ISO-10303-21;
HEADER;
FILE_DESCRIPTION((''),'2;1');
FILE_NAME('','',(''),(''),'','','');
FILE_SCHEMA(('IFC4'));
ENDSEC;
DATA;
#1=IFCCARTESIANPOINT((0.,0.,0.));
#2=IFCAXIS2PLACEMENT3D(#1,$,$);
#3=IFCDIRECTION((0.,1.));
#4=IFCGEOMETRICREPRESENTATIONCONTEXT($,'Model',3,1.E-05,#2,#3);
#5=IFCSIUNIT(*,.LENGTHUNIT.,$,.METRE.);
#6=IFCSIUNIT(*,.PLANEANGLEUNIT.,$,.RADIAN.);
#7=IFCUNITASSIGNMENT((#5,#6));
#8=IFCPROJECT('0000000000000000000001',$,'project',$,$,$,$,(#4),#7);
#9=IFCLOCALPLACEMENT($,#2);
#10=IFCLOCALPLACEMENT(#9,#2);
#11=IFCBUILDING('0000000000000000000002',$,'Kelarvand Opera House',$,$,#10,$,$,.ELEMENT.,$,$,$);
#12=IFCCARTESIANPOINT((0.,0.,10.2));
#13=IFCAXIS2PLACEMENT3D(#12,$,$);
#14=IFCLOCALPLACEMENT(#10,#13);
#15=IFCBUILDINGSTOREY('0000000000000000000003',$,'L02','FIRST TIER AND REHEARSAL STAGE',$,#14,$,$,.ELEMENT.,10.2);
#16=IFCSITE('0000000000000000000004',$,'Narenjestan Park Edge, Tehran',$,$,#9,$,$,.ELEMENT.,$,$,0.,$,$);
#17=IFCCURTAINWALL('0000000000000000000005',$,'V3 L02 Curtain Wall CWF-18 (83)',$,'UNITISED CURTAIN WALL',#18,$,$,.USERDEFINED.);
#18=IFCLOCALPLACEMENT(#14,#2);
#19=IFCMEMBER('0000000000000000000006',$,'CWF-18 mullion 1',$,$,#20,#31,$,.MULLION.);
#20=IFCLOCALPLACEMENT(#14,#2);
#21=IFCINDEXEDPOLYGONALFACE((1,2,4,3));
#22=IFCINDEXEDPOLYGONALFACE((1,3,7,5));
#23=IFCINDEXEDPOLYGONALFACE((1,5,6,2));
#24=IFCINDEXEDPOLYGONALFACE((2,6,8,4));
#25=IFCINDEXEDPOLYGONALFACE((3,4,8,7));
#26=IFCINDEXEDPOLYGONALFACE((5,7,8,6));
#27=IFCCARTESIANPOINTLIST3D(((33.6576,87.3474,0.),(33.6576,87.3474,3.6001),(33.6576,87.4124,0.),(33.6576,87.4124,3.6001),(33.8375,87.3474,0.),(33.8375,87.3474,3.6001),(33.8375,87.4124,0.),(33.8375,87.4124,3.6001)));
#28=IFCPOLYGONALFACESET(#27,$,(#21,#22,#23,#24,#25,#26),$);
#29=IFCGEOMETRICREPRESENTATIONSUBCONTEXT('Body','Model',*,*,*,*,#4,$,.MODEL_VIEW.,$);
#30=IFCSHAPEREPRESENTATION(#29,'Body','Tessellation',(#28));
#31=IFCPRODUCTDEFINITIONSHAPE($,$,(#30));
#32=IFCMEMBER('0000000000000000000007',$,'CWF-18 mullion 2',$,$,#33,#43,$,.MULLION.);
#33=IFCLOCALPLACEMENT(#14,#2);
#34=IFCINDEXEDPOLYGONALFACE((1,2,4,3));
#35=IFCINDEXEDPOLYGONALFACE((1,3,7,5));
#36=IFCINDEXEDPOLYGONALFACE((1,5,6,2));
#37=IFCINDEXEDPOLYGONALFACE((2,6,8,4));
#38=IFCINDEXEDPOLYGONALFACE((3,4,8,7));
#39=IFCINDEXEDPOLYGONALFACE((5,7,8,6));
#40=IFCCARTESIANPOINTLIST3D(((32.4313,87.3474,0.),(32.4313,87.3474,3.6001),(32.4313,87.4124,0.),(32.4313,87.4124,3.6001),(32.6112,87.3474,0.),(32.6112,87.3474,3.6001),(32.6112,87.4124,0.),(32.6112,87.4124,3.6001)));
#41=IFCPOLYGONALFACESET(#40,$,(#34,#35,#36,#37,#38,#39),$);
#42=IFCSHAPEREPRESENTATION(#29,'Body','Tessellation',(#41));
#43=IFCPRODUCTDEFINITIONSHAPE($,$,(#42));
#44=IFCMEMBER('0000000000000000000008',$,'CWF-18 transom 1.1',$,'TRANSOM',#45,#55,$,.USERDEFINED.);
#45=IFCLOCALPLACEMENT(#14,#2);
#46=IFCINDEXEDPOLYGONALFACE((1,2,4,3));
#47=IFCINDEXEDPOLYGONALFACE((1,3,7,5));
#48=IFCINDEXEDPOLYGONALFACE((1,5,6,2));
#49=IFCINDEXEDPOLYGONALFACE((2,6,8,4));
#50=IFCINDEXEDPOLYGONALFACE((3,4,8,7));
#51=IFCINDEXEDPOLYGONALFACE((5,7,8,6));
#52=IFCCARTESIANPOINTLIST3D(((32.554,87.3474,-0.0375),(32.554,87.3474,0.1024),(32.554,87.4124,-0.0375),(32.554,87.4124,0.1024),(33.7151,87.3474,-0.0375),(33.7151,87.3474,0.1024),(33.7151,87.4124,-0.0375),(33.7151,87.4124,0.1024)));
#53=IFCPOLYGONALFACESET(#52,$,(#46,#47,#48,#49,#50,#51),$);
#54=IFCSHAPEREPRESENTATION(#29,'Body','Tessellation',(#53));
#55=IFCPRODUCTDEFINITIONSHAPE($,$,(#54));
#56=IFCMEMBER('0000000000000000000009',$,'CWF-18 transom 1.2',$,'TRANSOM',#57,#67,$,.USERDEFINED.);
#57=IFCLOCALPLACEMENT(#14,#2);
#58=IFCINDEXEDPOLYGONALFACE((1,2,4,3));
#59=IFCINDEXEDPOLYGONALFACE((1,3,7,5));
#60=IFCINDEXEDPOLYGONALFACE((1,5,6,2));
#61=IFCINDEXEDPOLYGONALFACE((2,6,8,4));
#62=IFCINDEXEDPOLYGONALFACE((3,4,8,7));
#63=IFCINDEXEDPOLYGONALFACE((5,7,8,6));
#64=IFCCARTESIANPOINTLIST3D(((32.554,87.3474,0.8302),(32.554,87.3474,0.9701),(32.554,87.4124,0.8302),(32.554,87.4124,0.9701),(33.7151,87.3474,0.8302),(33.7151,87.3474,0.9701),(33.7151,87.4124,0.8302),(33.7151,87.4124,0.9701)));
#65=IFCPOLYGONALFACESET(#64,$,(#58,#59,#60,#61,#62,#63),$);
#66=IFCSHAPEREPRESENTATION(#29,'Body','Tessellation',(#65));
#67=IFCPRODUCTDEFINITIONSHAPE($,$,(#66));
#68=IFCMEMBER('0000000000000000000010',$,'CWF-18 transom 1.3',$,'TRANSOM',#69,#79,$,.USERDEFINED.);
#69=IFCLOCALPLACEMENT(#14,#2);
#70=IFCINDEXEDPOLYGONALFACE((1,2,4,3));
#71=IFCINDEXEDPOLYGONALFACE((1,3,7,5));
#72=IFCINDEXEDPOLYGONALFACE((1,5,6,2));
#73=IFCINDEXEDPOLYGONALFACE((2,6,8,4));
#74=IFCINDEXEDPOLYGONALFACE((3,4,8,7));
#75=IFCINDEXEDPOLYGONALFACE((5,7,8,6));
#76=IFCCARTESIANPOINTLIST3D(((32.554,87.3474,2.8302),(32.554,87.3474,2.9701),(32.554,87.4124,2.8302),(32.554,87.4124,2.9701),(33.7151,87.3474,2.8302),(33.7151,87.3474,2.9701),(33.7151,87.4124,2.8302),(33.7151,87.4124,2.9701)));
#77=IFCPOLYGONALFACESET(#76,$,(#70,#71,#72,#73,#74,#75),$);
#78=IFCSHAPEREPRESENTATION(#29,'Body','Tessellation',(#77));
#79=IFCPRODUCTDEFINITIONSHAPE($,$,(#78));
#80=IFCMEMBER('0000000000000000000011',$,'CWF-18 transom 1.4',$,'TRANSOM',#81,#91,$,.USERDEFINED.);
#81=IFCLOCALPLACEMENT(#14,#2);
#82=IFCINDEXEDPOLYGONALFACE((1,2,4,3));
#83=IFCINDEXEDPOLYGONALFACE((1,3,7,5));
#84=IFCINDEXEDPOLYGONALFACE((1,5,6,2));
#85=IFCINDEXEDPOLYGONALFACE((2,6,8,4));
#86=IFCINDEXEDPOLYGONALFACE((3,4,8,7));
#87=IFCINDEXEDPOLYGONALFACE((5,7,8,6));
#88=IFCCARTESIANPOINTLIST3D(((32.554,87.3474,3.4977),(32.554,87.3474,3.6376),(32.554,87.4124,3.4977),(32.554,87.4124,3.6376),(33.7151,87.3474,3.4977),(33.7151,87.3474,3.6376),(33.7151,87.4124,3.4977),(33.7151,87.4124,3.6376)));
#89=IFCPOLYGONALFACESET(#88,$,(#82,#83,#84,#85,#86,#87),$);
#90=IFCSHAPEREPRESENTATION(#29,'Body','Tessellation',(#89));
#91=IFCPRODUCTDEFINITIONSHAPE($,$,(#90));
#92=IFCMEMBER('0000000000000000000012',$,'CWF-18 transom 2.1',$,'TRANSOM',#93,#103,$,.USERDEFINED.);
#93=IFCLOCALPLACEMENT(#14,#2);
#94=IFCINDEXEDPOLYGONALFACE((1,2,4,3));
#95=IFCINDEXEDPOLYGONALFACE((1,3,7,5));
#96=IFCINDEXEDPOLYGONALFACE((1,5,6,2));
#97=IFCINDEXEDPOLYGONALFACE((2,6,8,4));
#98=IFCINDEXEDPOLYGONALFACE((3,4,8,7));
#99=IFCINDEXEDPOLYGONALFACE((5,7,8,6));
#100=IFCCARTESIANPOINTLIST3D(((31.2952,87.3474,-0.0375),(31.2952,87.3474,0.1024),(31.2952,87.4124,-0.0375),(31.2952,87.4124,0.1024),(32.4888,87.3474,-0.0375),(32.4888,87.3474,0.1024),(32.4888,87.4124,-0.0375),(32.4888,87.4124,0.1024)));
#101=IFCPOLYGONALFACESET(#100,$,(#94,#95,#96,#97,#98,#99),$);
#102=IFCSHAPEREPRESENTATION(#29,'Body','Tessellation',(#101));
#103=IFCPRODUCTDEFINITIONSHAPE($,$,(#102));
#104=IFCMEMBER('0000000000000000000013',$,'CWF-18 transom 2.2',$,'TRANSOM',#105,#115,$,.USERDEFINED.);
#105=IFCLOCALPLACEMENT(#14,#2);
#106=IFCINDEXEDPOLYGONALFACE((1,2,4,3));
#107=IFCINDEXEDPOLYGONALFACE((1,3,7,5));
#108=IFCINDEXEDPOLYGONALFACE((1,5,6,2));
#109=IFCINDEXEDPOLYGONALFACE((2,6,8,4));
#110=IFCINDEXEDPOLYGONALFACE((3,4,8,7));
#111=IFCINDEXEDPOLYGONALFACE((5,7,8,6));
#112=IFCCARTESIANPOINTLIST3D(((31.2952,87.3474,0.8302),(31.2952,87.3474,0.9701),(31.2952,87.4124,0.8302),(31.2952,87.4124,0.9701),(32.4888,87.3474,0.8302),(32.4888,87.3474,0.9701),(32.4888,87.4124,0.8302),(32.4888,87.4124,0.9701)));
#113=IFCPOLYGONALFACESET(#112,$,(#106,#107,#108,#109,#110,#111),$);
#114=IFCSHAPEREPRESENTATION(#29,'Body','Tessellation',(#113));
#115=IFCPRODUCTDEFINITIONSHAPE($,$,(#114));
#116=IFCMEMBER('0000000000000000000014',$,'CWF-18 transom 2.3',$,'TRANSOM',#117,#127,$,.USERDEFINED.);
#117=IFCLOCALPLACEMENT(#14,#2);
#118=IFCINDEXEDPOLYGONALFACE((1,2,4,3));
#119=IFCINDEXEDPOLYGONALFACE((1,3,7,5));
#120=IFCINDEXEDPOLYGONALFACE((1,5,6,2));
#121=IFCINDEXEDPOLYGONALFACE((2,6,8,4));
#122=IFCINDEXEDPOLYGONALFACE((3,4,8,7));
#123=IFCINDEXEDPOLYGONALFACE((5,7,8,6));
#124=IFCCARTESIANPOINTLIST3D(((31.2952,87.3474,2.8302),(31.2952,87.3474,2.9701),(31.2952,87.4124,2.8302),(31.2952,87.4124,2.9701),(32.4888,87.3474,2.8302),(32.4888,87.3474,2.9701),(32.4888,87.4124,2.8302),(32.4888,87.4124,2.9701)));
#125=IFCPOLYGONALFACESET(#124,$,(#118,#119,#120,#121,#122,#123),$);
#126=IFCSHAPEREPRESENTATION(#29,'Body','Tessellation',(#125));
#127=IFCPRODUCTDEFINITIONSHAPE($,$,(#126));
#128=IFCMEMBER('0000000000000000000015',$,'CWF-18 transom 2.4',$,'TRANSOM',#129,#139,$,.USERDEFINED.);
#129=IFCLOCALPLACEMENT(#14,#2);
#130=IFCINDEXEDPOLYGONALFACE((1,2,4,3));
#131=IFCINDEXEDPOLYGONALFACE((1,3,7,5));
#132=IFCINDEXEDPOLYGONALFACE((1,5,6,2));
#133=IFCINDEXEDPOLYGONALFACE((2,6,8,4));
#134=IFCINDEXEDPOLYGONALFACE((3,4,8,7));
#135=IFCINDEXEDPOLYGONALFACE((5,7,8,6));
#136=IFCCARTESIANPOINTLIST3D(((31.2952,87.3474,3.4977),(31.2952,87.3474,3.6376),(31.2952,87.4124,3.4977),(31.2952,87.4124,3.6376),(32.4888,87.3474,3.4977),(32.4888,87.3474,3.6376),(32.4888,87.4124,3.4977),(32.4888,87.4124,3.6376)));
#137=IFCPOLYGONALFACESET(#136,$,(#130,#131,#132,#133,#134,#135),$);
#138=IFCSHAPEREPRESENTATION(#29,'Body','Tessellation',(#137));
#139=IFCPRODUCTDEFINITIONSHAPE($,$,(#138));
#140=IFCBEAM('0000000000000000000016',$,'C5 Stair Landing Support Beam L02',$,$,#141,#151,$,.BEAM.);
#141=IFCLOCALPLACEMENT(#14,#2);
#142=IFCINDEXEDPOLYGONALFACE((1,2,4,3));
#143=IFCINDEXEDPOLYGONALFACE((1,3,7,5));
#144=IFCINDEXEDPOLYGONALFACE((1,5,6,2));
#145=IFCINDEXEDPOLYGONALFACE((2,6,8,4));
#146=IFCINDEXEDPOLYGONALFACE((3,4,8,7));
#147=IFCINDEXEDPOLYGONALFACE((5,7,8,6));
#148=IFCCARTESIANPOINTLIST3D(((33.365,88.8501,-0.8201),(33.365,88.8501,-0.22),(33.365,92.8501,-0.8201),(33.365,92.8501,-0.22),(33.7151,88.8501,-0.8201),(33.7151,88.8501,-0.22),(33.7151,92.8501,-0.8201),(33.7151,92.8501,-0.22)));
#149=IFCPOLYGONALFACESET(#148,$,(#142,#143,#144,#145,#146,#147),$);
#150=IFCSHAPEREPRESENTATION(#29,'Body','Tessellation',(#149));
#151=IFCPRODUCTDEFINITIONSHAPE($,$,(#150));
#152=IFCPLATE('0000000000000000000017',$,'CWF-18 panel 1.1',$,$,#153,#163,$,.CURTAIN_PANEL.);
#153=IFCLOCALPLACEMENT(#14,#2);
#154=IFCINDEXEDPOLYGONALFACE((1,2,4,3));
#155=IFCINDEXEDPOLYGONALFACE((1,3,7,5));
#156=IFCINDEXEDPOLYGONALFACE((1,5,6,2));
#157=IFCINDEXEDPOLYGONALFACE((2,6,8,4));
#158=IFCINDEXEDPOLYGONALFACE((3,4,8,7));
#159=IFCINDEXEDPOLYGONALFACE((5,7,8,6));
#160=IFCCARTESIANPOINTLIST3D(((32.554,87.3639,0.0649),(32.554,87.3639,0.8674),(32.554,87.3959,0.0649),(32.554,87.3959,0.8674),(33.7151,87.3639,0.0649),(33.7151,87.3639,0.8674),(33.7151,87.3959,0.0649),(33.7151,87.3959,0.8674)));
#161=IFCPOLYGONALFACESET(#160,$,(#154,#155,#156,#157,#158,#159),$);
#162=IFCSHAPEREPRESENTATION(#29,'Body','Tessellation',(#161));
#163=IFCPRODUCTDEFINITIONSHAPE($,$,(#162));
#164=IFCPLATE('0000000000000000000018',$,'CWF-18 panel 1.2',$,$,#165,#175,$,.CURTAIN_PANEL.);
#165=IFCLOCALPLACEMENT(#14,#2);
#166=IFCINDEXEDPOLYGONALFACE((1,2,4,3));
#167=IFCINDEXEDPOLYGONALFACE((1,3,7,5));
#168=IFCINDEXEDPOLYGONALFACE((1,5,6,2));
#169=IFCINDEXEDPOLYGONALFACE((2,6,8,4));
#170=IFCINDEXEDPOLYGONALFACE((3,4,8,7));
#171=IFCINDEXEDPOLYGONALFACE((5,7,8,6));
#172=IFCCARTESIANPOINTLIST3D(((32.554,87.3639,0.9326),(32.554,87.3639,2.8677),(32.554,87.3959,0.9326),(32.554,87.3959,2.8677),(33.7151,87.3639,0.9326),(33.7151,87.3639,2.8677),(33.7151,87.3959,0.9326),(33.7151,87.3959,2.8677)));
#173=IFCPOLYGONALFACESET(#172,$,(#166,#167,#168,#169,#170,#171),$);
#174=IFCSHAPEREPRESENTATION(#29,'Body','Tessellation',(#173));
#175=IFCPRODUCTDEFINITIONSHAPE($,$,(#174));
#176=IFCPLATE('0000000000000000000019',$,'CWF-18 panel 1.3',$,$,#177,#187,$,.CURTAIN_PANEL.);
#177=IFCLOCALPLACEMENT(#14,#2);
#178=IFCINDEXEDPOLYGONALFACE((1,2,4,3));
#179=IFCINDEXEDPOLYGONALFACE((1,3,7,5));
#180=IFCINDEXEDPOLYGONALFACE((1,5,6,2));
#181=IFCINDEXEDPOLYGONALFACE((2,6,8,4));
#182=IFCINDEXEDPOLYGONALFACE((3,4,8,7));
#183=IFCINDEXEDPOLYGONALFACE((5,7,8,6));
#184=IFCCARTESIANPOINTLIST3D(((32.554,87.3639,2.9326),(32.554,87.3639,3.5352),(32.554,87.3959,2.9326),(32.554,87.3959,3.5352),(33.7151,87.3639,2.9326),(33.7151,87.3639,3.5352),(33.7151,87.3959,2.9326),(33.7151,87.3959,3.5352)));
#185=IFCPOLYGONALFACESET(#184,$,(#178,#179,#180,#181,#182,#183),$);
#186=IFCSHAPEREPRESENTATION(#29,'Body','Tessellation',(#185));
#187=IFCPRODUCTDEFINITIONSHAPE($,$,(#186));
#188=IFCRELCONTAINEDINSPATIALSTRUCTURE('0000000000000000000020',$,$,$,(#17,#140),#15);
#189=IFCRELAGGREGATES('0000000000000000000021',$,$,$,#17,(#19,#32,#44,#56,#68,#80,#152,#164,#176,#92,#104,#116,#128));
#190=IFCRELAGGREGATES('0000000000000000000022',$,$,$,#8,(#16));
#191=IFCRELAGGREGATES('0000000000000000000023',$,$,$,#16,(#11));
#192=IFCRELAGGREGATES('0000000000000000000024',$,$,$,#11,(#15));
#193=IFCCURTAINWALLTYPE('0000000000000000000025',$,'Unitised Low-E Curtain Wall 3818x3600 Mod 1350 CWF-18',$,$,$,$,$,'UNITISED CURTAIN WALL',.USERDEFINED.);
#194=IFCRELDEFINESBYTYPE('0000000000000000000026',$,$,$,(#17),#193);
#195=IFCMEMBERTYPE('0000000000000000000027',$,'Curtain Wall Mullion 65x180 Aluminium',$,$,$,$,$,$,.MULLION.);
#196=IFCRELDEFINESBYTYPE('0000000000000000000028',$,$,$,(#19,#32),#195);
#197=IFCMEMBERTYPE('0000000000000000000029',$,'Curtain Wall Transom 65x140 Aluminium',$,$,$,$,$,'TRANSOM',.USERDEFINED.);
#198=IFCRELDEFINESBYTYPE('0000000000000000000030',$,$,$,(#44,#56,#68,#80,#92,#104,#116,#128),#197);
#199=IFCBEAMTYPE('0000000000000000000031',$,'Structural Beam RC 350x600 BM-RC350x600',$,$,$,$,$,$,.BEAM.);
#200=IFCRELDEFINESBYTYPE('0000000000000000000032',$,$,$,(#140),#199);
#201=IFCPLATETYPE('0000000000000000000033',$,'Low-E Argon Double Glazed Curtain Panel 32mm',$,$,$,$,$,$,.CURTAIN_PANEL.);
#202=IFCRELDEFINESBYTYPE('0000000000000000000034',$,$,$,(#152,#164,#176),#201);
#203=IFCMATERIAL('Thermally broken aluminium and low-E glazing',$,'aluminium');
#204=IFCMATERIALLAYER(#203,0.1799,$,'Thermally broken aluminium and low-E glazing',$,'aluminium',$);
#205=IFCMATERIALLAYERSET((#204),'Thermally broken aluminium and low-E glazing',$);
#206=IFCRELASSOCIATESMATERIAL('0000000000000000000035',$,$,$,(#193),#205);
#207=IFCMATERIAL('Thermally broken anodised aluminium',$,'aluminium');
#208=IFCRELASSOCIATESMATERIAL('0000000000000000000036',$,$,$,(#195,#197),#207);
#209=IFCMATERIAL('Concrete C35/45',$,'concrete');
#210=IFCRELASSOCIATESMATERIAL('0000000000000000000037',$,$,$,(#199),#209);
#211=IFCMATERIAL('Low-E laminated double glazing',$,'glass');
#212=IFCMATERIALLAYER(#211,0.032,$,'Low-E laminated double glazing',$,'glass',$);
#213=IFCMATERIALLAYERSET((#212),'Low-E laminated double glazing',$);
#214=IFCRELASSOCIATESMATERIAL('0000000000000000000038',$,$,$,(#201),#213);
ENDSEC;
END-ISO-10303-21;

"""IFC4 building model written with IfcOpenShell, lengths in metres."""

from ifc_helpers import new_model, si_unit, direction, frame, origin, origin_2d, place, context, subcontext, project, spatial, rectangle, extrude, material, layer, layer_set, material_profile, profile_set, type_object, element, aggregate, save


model = new_model("IFC4")

# Units and contexts
model_context = context("Model", 3, precision=1e-05, world=origin(), true_north=direction((0.0, 1.0)))
body_context = subcontext(model_context, "Body", "Model", "MODEL_VIEW")
ifc_project = project(units=[si_unit("LENGTHUNIT", "METRE"), si_unit("PLANEANGLEUNIT", "RADIAN")], contexts=[model_context])

# Site, building, storey
site_placement = place(None, origin())
site = spatial("IfcSite", under=ifc_project, at=site_placement, Name="Narenjestan Park Edge, Tehran", CompositionType="ELEMENT", RefElevation=0.0)
building_placement = place(site_placement, origin())
building = spatial("IfcBuilding", under=site, at=building_placement, Name="Kelarvand Opera House", CompositionType="ELEMENT")
storey_placement = place(building_placement, frame((0.0, 0.0, 10.2)))
storey = spatial("IfcBuildingStorey", under=building, at=storey_placement, Name="L02", Description="FIRST TIER AND REHEARSAL STAGE", CompositionType="ELEMENT", Elevation=10.2)

# Curtain wall, members
ifc_material_1 = material(Name="Thermally broken aluminium and low-E glazing", Category="aluminium")
ifc_layer_1 = layer(ifc_material_1, 0.1799, Name="Thermally broken aluminium and low-E glazing", Category="aluminium")
ifc_layer_set_1 = layer_set([ifc_layer_1], Name="Thermally broken aluminium and low-E glazing")
curtain_wall_type = type_object("IfcCurtainWallType", Name="Unitised Low-E Curtain Wall 3818x3600 Mod 1350 CWF-18", ElementType="UNITISED CURTAIN WALL", PredefinedType="USERDEFINED", material=ifc_layer_set_1)
curtain_wall_placement = place(storey_placement, origin())
curtain_wall = element("IfcCurtainWall", 1, at=curtain_wall_placement, inside=storey, type_object=curtain_wall_type, Name="V3 L02 Curtain Wall CWF-18 (83)", ObjectType="UNITISED CURTAIN WALL", PredefinedType="USERDEFINED")
ifc_material_2 = material(Name="Thermally broken anodised aluminium", Category="aluminium")
ifc_material_profile_1 = material_profile(ifc_material_2, rectangle(XDim=0.0649, YDim=0.1799, at=origin_2d()), Name="ALU MULLION 65x180", Category="aluminium")
ifc_profile_set_1 = profile_set([ifc_material_profile_1], Name="Thermally broken anodised aluminium")
member_type_1 = type_object("IfcMemberType", Name="Curtain Wall Mullion 65x180 Aluminium", PredefinedType="MULLION", material=ifc_profile_set_1)
member_1_placement = place(storey_placement, frame((33.7476, 87.3799, 0.0), z_axis=(0.0, 0.0, 1.0), x_axis=(0.0, -1.0, 0.0)))
member_1 = element("IfcMember", 2, at=member_1_placement, type_object=member_type_1, Name="CWF-18 mullion 1", PredefinedType="MULLION", context=body_context, shape_type="SweptSolid", body=[
    extrude(rectangle(XDim=0.0649, YDim=0.1799, at=origin_2d()), origin(), (0.0, 0.0, 1.0), 3.6001),
])
member_2_placement = place(storey_placement, frame((32.5212, 87.3799, 0.0), z_axis=(0.0, 0.0, 1.0), x_axis=(0.0, -1.0, 0.0)))
member_2 = element("IfcMember", 3, at=member_2_placement, type_object=member_type_1, Name="CWF-18 mullion 2", PredefinedType="MULLION", context=body_context, shape_type="SweptSolid", body=[
    extrude(rectangle(XDim=0.0649, YDim=0.1799, at=origin_2d()), origin(), (0.0, 0.0, 1.0), 3.6001),
])
ifc_material_profile_2 = material_profile(ifc_material_2, rectangle(XDim=0.0649, YDim=0.1399, at=origin_2d()), Name="ALU TRANSOM 65x140", Category="aluminium")
ifc_profile_set_2 = profile_set([ifc_material_profile_2], Name="Thermally broken anodised aluminium")
member_type_2 = type_object("IfcMemberType", Name="Curtain Wall Transom 65x140 Aluminium", ElementType="TRANSOM", PredefinedType="USERDEFINED", material=ifc_profile_set_2)
member_3_placement = place(storey_placement, frame((33.7151, 87.3799, 0.0325), z_axis=(-1.0, 0.0, 0.0), x_axis=(0.0, -1.0, 0.0)))
member_3 = element("IfcMember", 4, at=member_3_placement, type_object=member_type_2, Name="CWF-18 transom 1.1", ObjectType="TRANSOM", PredefinedType="USERDEFINED", context=body_context, shape_type="SweptSolid", body=[
    extrude(rectangle(XDim=0.0649, YDim=0.1399, at=origin_2d()), origin(), (0.0, 0.0, 1.0), 1.1611),
])
member_4_placement = place(storey_placement, frame((33.7151, 87.3799, 0.9001), z_axis=(-1.0, 0.0, 0.0), x_axis=(0.0, -1.0, 0.0)))
member_4 = element("IfcMember", 5, at=member_4_placement, type_object=member_type_2, Name="CWF-18 transom 1.2", ObjectType="TRANSOM", PredefinedType="USERDEFINED", context=body_context, shape_type="SweptSolid", body=[
    extrude(rectangle(XDim=0.0649, YDim=0.1399, at=origin_2d()), origin(), (0.0, 0.0, 1.0), 1.1611),
])
member_5_placement = place(storey_placement, frame((33.7151, 87.3799, 2.9001), z_axis=(-1.0, 0.0, 0.0), x_axis=(0.0, -1.0, 0.0)))
member_5 = element("IfcMember", 6, at=member_5_placement, type_object=member_type_2, Name="CWF-18 transom 1.3", ObjectType="TRANSOM", PredefinedType="USERDEFINED", context=body_context, shape_type="SweptSolid", body=[
    extrude(rectangle(XDim=0.0649, YDim=0.1399, at=origin_2d()), origin(), (0.0, 0.0, 1.0), 1.1611),
])
member_6_placement = place(storey_placement, frame((33.7151, 87.3799, 3.5676), z_axis=(-1.0, 0.0, 0.0), x_axis=(0.0, -1.0, 0.0)))
member_6 = element("IfcMember", 7, at=member_6_placement, type_object=member_type_2, Name="CWF-18 transom 1.4", ObjectType="TRANSOM", PredefinedType="USERDEFINED", context=body_context, shape_type="SweptSolid", body=[
    extrude(rectangle(XDim=0.0649, YDim=0.1399, at=origin_2d()), origin(), (0.0, 0.0, 1.0), 1.1611),
])
member_7_placement = place(storey_placement, frame((32.4888, 87.3799, 0.0325), z_axis=(-1.0, 0.0, 0.0), x_axis=(0.0, -1.0, 0.0)))
member_7 = element("IfcMember", 8, at=member_7_placement, type_object=member_type_2, Name="CWF-18 transom 2.1", ObjectType="TRANSOM", PredefinedType="USERDEFINED", context=body_context, shape_type="SweptSolid", body=[
    extrude(rectangle(XDim=0.0649, YDim=0.1399, at=origin_2d()), origin(), (0.0, 0.0, 1.0), 1.1936),
])
member_8_placement = place(storey_placement, frame((32.4888, 87.3799, 0.9001), z_axis=(-1.0, 0.0, 0.0), x_axis=(0.0, -1.0, 0.0)))
member_8 = element("IfcMember", 9, at=member_8_placement, type_object=member_type_2, Name="CWF-18 transom 2.2", ObjectType="TRANSOM", PredefinedType="USERDEFINED", context=body_context, shape_type="SweptSolid", body=[
    extrude(rectangle(XDim=0.0649, YDim=0.1399, at=origin_2d()), origin(), (0.0, 0.0, 1.0), 1.1936),
])
member_9_placement = place(storey_placement, frame((32.4888, 87.3799, 2.9001), z_axis=(-1.0, 0.0, 0.0), x_axis=(0.0, -1.0, 0.0)))
member_9 = element("IfcMember", 10, at=member_9_placement, type_object=member_type_2, Name="CWF-18 transom 2.3", ObjectType="TRANSOM", PredefinedType="USERDEFINED", context=body_context, shape_type="SweptSolid", body=[
    extrude(rectangle(XDim=0.0649, YDim=0.1399, at=origin_2d()), origin(), (0.0, 0.0, 1.0), 1.1936),
])
member_10_placement = place(storey_placement, frame((32.4888, 87.3799, 3.5676), z_axis=(-1.0, 0.0, 0.0), x_axis=(0.0, -1.0, 0.0)))
member_10 = element("IfcMember", 11, at=member_10_placement, type_object=member_type_2, Name="CWF-18 transom 2.4", ObjectType="TRANSOM", PredefinedType="USERDEFINED", context=body_context, shape_type="SweptSolid", body=[
    extrude(rectangle(XDim=0.0649, YDim=0.1399, at=origin_2d()), origin(), (0.0, 0.0, 1.0), 1.1936),
])

# Beam
ifc_material_3 = material(Name="Concrete C35/45", Category="concrete")
ifc_material_profile_3 = material_profile(ifc_material_3, rectangle(XDim=0.3501, YDim=0.6001, at=origin_2d()), Name="RC 350x600", Category="concrete")
ifc_profile_set_3 = profile_set([ifc_material_profile_3], Name="Concrete C35/45")
beam_type = type_object("IfcBeamType", Name="Structural Beam RC 350x600 BM-RC350x600", PredefinedType="BEAM", material=ifc_profile_set_3)
beam_placement = place(storey_placement, frame((33.54, 88.8501, -0.52), z_axis=(0.0, 1.0, 0.0), x_axis=(-1.0, 0.0, 0.0)))
element("IfcBeam", 12, at=beam_placement, inside=storey, type_object=beam_type, Name="C5 Stair Landing Support Beam L02", PredefinedType="BEAM", context=body_context, shape_type="SweptSolid", body=[
    extrude(rectangle(XDim=0.3501, YDim=0.6001, at=origin_2d()), origin(), (0.0, 0.0, 1.0), 4.0),
])

# Plates
ifc_material_4 = material(Name="Low-E laminated double glazing", Category="glass")
ifc_layer_2 = layer(ifc_material_4, 0.032, Name="Low-E laminated double glazing", Category="glass")
ifc_layer_set_2 = layer_set([ifc_layer_2], Name="Low-E laminated double glazing")
plate_type = type_object("IfcPlateType", Name="Low-E Argon Double Glazed Curtain Panel 32mm", PredefinedType="CURTAIN_PANEL", material=ifc_layer_set_2)
plate_1_placement = place(storey_placement, frame((33.1345, 87.3799, 0.0649), z_axis=(0.0, 0.0, 1.0), x_axis=(-1.0, 0.0, 0.0)))
plate_1 = element("IfcPlate", 13, at=plate_1_placement, type_object=plate_type, Name="CWF-18 panel 1.1", PredefinedType="CURTAIN_PANEL", context=body_context, shape_type="SweptSolid", body=[
    extrude(rectangle(XDim=1.1611, YDim=0.032, at=origin_2d()), origin(), (0.0, 0.0, 1.0), 0.8025),
])
plate_2_placement = place(storey_placement, frame((33.1345, 87.3799, 0.9326), z_axis=(0.0, 0.0, 1.0), x_axis=(-1.0, 0.0, 0.0)))
plate_2 = element("IfcPlate", 14, at=plate_2_placement, type_object=plate_type, Name="CWF-18 panel 1.2", PredefinedType="CURTAIN_PANEL", context=body_context, shape_type="SweptSolid", body=[
    extrude(rectangle(XDim=1.1611, YDim=0.032, at=origin_2d()), origin(), (0.0, 0.0, 1.0), 1.9351),
])
plate_3_placement = place(storey_placement, frame((33.1345, 87.3799, 2.9326), z_axis=(0.0, 0.0, 1.0), x_axis=(-1.0, 0.0, 0.0)))
plate_3 = element("IfcPlate", 15, at=plate_3_placement, type_object=plate_type, Name="CWF-18 panel 1.3", PredefinedType="CURTAIN_PANEL", context=body_context, shape_type="SweptSolid", body=[
    extrude(rectangle(XDim=1.1611, YDim=0.032, at=origin_2d()), origin(), (0.0, 0.0, 1.0), 0.6025),
])
aggregate(curtain_wall, [member_1, member_2, member_3, member_4, member_5, member_6, plate_1, plate_2, plate_3, member_7, member_8, member_9, member_10])

save(model, "model.ifc")
